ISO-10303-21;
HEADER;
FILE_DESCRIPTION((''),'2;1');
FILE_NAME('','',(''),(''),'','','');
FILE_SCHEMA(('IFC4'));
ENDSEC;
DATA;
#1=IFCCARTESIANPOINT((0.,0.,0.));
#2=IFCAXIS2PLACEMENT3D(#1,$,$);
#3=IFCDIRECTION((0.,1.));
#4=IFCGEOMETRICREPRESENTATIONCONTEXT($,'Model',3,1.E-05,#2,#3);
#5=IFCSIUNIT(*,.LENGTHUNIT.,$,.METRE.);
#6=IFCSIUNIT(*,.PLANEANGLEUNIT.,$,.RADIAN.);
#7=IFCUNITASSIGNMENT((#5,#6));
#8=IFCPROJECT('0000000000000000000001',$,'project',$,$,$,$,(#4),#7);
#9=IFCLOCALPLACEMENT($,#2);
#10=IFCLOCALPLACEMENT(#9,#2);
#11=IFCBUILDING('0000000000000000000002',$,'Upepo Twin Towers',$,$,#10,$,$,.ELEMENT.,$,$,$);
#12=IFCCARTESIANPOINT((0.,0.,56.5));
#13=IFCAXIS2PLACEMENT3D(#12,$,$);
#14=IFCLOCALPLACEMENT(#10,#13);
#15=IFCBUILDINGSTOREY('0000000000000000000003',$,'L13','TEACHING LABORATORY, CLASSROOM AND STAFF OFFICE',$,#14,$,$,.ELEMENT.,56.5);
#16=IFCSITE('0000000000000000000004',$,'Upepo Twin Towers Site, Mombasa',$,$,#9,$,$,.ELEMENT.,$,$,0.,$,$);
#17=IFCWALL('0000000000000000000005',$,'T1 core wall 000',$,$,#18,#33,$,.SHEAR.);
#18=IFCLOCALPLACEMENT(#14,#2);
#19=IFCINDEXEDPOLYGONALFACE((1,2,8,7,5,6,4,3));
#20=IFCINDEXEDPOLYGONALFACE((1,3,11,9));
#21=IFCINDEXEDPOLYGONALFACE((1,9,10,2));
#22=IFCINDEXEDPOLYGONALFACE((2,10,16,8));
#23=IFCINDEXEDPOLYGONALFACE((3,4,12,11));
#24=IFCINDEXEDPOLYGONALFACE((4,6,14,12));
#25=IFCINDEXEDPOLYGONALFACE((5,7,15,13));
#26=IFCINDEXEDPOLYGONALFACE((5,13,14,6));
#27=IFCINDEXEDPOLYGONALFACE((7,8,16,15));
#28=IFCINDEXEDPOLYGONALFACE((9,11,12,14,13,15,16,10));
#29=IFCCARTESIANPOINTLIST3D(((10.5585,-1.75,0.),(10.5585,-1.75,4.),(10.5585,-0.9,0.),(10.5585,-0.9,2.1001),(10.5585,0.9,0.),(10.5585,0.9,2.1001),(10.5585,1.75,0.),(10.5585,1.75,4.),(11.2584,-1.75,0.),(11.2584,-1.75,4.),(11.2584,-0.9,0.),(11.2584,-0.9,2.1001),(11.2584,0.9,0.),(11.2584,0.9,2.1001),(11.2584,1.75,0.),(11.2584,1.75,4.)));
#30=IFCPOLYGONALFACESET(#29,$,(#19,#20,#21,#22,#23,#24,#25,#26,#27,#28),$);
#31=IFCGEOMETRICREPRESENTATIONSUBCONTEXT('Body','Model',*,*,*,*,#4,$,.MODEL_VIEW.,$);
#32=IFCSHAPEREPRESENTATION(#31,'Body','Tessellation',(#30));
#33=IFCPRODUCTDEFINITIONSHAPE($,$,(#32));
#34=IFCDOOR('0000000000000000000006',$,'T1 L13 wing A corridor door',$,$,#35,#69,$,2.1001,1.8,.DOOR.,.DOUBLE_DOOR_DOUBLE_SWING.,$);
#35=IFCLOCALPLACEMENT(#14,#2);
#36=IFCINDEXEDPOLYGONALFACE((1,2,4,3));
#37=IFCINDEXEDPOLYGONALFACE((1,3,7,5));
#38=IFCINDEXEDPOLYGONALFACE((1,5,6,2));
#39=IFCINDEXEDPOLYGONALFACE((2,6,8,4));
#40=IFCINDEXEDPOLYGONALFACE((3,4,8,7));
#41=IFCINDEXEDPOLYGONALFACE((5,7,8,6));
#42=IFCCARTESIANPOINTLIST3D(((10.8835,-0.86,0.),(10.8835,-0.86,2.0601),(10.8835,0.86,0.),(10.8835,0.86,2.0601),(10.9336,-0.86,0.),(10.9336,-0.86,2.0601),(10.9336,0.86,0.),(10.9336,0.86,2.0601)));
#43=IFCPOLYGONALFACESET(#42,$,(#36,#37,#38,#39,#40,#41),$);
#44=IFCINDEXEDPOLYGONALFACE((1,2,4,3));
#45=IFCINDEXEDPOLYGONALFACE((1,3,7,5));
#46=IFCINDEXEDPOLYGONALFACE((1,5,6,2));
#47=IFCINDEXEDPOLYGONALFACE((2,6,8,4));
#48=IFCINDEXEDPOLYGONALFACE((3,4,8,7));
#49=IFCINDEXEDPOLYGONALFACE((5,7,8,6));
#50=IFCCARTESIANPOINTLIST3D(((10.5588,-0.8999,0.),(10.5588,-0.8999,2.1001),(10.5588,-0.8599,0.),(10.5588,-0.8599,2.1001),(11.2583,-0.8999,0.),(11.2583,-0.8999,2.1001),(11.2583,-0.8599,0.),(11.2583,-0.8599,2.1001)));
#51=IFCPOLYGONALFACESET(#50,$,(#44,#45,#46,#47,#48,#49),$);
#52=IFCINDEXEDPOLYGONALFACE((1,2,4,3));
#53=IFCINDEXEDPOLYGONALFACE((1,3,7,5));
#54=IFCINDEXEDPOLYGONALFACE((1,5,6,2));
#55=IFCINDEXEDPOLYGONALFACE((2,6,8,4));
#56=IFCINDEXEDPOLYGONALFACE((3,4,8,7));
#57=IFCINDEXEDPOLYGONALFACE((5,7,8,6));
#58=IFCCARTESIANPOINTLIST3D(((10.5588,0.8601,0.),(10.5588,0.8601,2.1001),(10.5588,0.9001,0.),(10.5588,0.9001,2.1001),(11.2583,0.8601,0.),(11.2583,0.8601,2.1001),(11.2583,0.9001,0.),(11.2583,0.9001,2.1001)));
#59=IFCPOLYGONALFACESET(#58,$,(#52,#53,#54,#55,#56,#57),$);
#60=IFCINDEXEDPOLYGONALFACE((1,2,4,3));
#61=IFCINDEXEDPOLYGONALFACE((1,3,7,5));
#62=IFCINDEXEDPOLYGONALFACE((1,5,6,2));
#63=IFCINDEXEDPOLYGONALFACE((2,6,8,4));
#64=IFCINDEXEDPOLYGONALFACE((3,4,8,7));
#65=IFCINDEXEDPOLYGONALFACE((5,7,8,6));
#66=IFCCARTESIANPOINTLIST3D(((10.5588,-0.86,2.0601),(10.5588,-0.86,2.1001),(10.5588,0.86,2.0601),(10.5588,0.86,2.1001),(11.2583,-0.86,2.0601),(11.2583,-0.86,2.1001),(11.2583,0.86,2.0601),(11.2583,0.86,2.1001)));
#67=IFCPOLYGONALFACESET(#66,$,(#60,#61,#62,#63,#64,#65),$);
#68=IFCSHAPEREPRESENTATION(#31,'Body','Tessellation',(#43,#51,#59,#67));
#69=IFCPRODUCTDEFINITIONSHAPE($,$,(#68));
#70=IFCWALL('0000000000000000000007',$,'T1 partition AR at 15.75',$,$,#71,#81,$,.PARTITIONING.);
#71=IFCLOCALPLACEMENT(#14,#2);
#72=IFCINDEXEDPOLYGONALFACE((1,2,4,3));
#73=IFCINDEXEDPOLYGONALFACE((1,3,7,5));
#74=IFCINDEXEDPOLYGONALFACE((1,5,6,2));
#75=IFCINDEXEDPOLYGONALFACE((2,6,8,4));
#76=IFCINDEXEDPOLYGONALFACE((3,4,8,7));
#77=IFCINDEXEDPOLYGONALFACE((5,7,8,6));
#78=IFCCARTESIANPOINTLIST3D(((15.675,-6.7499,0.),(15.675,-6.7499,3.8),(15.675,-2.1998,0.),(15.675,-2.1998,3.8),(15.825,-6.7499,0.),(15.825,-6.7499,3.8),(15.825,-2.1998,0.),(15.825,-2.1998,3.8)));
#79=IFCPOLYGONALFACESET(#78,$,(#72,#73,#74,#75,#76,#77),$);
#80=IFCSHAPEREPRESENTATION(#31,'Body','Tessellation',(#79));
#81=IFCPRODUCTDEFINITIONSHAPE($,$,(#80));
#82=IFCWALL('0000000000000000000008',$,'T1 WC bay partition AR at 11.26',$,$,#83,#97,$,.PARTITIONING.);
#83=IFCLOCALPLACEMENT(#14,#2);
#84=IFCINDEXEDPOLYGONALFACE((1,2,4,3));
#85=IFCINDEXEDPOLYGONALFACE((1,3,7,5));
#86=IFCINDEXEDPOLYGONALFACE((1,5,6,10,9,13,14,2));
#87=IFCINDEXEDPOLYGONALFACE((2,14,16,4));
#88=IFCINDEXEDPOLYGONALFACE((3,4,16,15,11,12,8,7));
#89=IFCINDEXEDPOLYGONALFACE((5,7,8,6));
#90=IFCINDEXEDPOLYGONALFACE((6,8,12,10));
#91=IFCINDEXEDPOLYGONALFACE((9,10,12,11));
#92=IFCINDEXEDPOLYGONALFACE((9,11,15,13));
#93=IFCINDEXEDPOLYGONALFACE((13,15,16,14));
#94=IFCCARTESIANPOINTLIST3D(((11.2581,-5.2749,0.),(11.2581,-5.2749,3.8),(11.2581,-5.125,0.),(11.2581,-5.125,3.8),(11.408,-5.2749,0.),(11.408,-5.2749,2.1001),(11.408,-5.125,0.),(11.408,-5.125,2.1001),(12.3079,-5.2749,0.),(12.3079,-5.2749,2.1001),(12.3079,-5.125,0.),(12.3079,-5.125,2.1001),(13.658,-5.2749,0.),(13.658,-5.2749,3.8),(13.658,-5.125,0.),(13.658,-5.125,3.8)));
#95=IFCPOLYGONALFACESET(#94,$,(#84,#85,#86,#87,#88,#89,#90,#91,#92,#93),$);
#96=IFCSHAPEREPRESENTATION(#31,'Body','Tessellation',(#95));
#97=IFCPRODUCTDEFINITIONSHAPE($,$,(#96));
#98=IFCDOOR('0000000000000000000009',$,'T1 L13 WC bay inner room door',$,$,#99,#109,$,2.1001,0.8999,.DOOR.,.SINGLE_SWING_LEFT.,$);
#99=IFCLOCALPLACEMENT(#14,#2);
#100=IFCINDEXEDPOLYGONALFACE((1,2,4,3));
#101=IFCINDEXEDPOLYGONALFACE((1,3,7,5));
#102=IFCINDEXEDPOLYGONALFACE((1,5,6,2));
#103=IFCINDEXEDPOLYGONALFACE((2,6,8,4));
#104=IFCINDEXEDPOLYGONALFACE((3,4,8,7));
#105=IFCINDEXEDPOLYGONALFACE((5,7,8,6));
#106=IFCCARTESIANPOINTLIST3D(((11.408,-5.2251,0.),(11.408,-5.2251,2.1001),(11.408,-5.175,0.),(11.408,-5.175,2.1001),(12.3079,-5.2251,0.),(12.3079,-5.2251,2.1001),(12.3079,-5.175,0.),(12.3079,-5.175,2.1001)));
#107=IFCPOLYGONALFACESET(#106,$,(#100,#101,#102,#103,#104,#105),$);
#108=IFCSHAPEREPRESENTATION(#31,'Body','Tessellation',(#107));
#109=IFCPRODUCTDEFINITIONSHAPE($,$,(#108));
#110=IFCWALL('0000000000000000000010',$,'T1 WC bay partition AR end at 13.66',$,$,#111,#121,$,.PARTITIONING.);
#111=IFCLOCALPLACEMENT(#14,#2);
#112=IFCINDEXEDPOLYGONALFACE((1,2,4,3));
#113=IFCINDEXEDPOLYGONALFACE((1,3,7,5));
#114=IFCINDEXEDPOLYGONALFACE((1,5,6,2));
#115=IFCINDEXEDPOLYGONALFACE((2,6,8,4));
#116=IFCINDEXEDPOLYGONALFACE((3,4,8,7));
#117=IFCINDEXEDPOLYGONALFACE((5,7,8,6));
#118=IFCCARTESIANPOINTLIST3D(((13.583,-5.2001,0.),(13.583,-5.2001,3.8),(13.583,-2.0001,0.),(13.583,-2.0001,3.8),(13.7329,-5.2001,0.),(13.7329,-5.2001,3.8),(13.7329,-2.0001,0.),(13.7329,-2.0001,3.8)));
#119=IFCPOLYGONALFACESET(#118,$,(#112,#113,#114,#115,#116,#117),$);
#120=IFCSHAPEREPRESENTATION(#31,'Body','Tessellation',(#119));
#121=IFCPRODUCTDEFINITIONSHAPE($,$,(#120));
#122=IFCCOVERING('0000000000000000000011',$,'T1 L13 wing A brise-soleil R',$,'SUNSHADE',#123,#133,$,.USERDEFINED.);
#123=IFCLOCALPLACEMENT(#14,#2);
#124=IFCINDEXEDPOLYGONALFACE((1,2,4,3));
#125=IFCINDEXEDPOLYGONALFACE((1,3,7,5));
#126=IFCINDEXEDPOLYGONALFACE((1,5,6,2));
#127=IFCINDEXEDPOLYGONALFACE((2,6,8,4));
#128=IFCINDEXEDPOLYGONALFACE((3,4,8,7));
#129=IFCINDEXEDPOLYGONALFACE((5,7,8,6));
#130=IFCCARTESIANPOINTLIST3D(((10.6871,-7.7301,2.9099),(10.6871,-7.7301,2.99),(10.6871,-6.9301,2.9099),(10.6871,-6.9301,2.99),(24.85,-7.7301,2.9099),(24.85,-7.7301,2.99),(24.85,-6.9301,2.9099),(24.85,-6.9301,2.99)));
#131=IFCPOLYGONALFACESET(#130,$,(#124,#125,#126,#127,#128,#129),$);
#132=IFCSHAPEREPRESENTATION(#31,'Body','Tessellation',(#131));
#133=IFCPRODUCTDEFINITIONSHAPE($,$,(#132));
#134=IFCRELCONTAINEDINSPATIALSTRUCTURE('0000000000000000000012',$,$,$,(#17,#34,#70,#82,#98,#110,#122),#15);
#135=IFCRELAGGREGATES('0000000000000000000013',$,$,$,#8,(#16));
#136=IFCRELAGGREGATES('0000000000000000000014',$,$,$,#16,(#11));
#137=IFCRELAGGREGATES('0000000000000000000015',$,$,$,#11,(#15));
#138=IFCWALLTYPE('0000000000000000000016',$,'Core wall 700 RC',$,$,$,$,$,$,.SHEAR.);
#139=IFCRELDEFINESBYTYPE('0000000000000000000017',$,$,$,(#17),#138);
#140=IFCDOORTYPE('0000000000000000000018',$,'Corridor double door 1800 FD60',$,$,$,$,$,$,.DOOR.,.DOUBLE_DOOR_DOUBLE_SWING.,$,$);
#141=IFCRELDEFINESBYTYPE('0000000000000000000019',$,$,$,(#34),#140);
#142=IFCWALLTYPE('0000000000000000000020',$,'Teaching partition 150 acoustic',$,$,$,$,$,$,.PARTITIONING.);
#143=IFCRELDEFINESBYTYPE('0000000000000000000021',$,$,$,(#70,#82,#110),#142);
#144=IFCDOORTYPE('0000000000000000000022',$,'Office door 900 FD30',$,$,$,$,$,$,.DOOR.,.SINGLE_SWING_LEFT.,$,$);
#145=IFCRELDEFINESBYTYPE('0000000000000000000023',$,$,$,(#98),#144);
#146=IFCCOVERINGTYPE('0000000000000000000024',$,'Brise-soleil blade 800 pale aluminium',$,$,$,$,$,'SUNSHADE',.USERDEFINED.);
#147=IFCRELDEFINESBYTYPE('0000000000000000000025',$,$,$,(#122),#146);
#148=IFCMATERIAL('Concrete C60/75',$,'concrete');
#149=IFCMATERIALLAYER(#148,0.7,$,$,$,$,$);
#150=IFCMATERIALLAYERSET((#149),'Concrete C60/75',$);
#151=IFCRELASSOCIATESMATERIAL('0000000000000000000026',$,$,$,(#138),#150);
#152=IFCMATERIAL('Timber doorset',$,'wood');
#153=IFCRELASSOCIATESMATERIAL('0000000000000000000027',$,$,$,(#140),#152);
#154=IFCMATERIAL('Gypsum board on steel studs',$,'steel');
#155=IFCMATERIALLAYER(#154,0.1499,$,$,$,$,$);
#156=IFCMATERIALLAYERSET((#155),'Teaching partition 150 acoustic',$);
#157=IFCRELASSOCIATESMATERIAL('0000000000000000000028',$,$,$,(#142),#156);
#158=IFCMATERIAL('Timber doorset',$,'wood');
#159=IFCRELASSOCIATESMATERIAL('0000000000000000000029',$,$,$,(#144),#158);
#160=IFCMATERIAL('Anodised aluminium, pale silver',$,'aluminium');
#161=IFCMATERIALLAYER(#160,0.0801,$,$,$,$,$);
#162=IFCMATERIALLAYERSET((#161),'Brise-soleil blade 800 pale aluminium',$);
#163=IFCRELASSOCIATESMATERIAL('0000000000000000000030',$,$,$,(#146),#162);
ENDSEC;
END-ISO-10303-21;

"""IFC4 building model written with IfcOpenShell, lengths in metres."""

from ifc_helpers import new_model, si_unit, direction, frame, frame_2d, origin, origin_2d, place, context, subcontext, project, spatial, rectangle, extrude, material, layer, layer_set, type_object, element, fill, save


model = new_model("IFC4")

# Units and contexts
model_context = context("Model", 3, precision=1e-05, world=origin(), true_north=direction((0.0, 1.0)))
body_context = subcontext(model_context, "Body", "Model", "MODEL_VIEW")
ifc_project = project(units=[si_unit("LENGTHUNIT", "METRE"), si_unit("PLANEANGLEUNIT", "RADIAN")], contexts=[model_context])

# Site, building, storey
site_placement = place(None, origin())
site = spatial("IfcSite", under=ifc_project, at=site_placement, Name="Upepo Twin Towers Site, Mombasa", CompositionType="ELEMENT", RefElevation=0.0)
building_placement = place(site_placement, origin())
building = spatial("IfcBuilding", under=site, at=building_placement, Name="Upepo Twin Towers", CompositionType="ELEMENT")
storey_placement = place(building_placement, frame((0.0, 0.0, 56.5)))
storey = spatial("IfcBuildingStorey", under=building, at=storey_placement, Name="L13", Description="TEACHING LABORATORY, CLASSROOM AND STAFF OFFICE", CompositionType="ELEMENT", Elevation=56.5)

# Wall, opening, door
ifc_material_1 = material(Name="Concrete C60/75", Category="concrete")
ifc_layer_1 = layer(ifc_material_1, 0.7)
ifc_layer_set_1 = layer_set([ifc_layer_1], Name="Concrete C60/75")
wall_type_1 = type_object("IfcWallType", Name="Core wall 700 RC", PredefinedType="SHEAR", material=ifc_layer_set_1)
wall_1_placement = place(storey_placement, frame((10.9084, -1.75, 0.0), z_axis=(0.0, 0.0, 1.0), x_axis=(0.0, 1.0, 0.0)))
wall_1 = element("IfcWall", 1, at=wall_1_placement, inside=storey, type_object=wall_type_1, Name="T1 core wall 000", PredefinedType="SHEAR", context=body_context, shape_type="SweptSolid", body=[
    extrude(rectangle(XDim=3.5, YDim=0.7, at=frame_2d((1.75, 0.0))), origin(), (0.0, 0.0, 1.0), 4.0),
])
opening_1_placement = place(wall_1_placement, frame((0.8501, 0.0, 0.0)))
opening_1 = element("IfcOpeningElement", 2, at=opening_1_placement, cuts=wall_1, PredefinedType="OPENING", context=body_context, shape_type="SweptSolid", body=[
    extrude(rectangle(XDim=1.8, YDim=2.1001, at=frame_2d((0.8999, 1.05))), frame((0.0, 0.3599, 0.0), z_axis=(0.0, -1.0, 0.0), x_axis=(1.0, 0.0, 0.0)), (0.0, 0.0, 1.0), 0.72),
])
ifc_material_2 = material(Name="Timber doorset", Category="wood")
door_type_1 = type_object("IfcDoorType", Name="Corridor double door 1800 FD60", OperationType="DOUBLE_DOOR_DOUBLE_SWING", PredefinedType="DOOR", material=ifc_material_2)
door_1_placement = place(opening_1_placement, origin())
door_1 = element("IfcDoor", 3, at=door_1_placement, inside=storey, type_object=door_type_1, Name="T1 L13 wing A corridor door", OperationType="DOUBLE_DOOR_DOUBLE_SWING", OverallHeight=2.1001, OverallWidth=1.8, PredefinedType="DOOR", context=body_context, shape_type="SweptSolid", body=[
    extrude(rectangle(XDim=1.72, YDim=2.0601, at=frame_2d((0.8999, 1.03))), frame((0.0, 0.0249, 0.0), z_axis=(0.0, -1.0, 0.0), x_axis=(1.0, 0.0, 0.0)), (0.0, 0.0, 1.0), 0.05),
    extrude(rectangle(XDim=0.04, YDim=2.1001, at=frame_2d((0.02, 1.05))), frame((0.0, 0.3496, 0.0), z_axis=(0.0, -1.0, 0.0), x_axis=(1.0, 0.0, 0.0)), (0.0, 0.0, 1.0), 0.6995),
    extrude(rectangle(XDim=0.04, YDim=2.1001, at=frame_2d((1.78, 1.05))), frame((0.0, 0.3496, 0.0), z_axis=(0.0, -1.0, 0.0), x_axis=(1.0, 0.0, 0.0)), (0.0, 0.0, 1.0), 0.6995),
    extrude(rectangle(XDim=1.72, YDim=0.04, at=frame_2d((0.8999, 2.0801))), frame((0.0, 0.3496, 0.0), z_axis=(0.0, -1.0, 0.0), x_axis=(1.0, 0.0, 0.0)), (0.0, 0.0, 1.0), 0.6995),
])
fill(opening_1, door_1)

# Wall
ifc_material_3 = material(Name="Gypsum board on steel studs", Category="steel")
ifc_layer_2 = layer(ifc_material_3, 0.1499)
ifc_layer_set_2 = layer_set([ifc_layer_2], Name="Teaching partition 150 acoustic")
wall_type_2 = type_object("IfcWallType", Name="Teaching partition 150 acoustic", PredefinedType="PARTITIONING", material=ifc_layer_set_2)
wall_2_placement = place(storey_placement, frame((15.75, -2.2, 0.0), z_axis=(0.0, 0.0, 1.0), x_axis=(0.0, -1.0, 0.0)))
element("IfcWall", 4, at=wall_2_placement, inside=storey, type_object=wall_type_2, Name="T1 partition AR at 15.75", PredefinedType="PARTITIONING", context=body_context, shape_type="SweptSolid", body=[
    extrude(rectangle(XDim=4.55, YDim=0.1499, at=frame_2d((2.2749, 0.0))), origin(), (0.0, 0.0, 1.0), 3.8),
])

# Wall, opening, door
wall_3_placement = place(storey_placement, frame((11.2581, -5.2, 0.0), z_axis=(0.0, 0.0, 1.0), x_axis=(1.0, 0.0, 0.0)))
wall_3 = element("IfcWall", 5, at=wall_3_placement, inside=storey, type_object=wall_type_2, Name="T1 WC bay partition AR at 11.26", PredefinedType="PARTITIONING", context=body_context, shape_type="SweptSolid", body=[
    extrude(rectangle(XDim=2.3999, YDim=0.1499, at=frame_2d((1.2, 0.0))), origin(), (0.0, 0.0, 1.0), 3.8),
])
opening_2_placement = place(wall_3_placement, frame((0.1499, 0.0, 0.0)))
opening_2 = element("IfcOpeningElement", 6, at=opening_2_placement, cuts=wall_3, PredefinedType="OPENING", context=body_context, shape_type="SweptSolid", body=[
    extrude(rectangle(XDim=0.8999, YDim=2.1001, at=frame_2d((0.45, 1.05))), frame((0.0, 0.085, 0.0), z_axis=(0.0, -1.0, 0.0), x_axis=(1.0, 0.0, 0.0)), (0.0, 0.0, 1.0), 0.1699),
])
ifc_material_4 = material(Name="Timber doorset", Category="wood")
door_type_2 = type_object("IfcDoorType", Name="Office door 900 FD30", OperationType="SINGLE_SWING_LEFT", PredefinedType="DOOR", material=ifc_material_4)
door_2_placement = place(opening_2_placement, origin())
door_2 = element("IfcDoor", 7, at=door_2_placement, inside=storey, type_object=door_type_2, Name="T1 L13 WC bay inner room door", OperationType="SINGLE_SWING_LEFT", OverallHeight=2.1001, OverallWidth=0.8999, PredefinedType="DOOR", context=body_context, shape_type="SweptSolid", body=[
    extrude(rectangle(XDim=0.8999, YDim=2.1001, at=frame_2d((0.45, 1.05))), frame((0.0, 0.0249, 0.0), z_axis=(0.0, -1.0, 0.0), x_axis=(1.0, 0.0, 0.0)), (0.0, 0.0, 1.0), 0.05),
])
fill(opening_2, door_2)

# Wall
wall_4_placement = place(storey_placement, frame((13.658, -2.0, 0.0), z_axis=(0.0, 0.0, 1.0), x_axis=(0.0, -1.0, 0.0)))
element("IfcWall", 8, at=wall_4_placement, inside=storey, type_object=wall_type_2, Name="T1 WC bay partition AR end at 13.66", PredefinedType="PARTITIONING", context=body_context, shape_type="SweptSolid", body=[
    extrude(rectangle(XDim=3.2, YDim=0.1499, at=frame_2d((1.6001, 0.0))), origin(), (0.0, 0.0, 1.0), 3.8),
])

# Covering
ifc_material_5 = material(Name="Anodised aluminium, pale silver", Category="aluminium")
ifc_layer_3 = layer(ifc_material_5, 0.0801)
ifc_layer_set_3 = layer_set([ifc_layer_3], Name="Brise-soleil blade 800 pale aluminium")
covering_type = type_object("IfcCoveringType", Name="Brise-soleil blade 800 pale aluminium", ElementType="SUNSHADE", PredefinedType="USERDEFINED", material=ifc_layer_set_3)
covering_placement = place(storey_placement, frame((17.7686, -7.3301, 2.9099), z_axis=(0.0, 0.0, 1.0), x_axis=(1.0, 0.0, 0.0)))
element("IfcCovering", 9, at=covering_placement, inside=storey, type_object=covering_type, Name="T1 L13 wing A brise-soleil R", ObjectType="SUNSHADE", PredefinedType="USERDEFINED", context=body_context, shape_type="SweptSolid", body=[
    extrude(rectangle(XDim=14.1628, YDim=0.8, at=origin_2d()), origin(), (0.0, 0.0, 1.0), 0.0801),
])

save(model, "model.ifc")
